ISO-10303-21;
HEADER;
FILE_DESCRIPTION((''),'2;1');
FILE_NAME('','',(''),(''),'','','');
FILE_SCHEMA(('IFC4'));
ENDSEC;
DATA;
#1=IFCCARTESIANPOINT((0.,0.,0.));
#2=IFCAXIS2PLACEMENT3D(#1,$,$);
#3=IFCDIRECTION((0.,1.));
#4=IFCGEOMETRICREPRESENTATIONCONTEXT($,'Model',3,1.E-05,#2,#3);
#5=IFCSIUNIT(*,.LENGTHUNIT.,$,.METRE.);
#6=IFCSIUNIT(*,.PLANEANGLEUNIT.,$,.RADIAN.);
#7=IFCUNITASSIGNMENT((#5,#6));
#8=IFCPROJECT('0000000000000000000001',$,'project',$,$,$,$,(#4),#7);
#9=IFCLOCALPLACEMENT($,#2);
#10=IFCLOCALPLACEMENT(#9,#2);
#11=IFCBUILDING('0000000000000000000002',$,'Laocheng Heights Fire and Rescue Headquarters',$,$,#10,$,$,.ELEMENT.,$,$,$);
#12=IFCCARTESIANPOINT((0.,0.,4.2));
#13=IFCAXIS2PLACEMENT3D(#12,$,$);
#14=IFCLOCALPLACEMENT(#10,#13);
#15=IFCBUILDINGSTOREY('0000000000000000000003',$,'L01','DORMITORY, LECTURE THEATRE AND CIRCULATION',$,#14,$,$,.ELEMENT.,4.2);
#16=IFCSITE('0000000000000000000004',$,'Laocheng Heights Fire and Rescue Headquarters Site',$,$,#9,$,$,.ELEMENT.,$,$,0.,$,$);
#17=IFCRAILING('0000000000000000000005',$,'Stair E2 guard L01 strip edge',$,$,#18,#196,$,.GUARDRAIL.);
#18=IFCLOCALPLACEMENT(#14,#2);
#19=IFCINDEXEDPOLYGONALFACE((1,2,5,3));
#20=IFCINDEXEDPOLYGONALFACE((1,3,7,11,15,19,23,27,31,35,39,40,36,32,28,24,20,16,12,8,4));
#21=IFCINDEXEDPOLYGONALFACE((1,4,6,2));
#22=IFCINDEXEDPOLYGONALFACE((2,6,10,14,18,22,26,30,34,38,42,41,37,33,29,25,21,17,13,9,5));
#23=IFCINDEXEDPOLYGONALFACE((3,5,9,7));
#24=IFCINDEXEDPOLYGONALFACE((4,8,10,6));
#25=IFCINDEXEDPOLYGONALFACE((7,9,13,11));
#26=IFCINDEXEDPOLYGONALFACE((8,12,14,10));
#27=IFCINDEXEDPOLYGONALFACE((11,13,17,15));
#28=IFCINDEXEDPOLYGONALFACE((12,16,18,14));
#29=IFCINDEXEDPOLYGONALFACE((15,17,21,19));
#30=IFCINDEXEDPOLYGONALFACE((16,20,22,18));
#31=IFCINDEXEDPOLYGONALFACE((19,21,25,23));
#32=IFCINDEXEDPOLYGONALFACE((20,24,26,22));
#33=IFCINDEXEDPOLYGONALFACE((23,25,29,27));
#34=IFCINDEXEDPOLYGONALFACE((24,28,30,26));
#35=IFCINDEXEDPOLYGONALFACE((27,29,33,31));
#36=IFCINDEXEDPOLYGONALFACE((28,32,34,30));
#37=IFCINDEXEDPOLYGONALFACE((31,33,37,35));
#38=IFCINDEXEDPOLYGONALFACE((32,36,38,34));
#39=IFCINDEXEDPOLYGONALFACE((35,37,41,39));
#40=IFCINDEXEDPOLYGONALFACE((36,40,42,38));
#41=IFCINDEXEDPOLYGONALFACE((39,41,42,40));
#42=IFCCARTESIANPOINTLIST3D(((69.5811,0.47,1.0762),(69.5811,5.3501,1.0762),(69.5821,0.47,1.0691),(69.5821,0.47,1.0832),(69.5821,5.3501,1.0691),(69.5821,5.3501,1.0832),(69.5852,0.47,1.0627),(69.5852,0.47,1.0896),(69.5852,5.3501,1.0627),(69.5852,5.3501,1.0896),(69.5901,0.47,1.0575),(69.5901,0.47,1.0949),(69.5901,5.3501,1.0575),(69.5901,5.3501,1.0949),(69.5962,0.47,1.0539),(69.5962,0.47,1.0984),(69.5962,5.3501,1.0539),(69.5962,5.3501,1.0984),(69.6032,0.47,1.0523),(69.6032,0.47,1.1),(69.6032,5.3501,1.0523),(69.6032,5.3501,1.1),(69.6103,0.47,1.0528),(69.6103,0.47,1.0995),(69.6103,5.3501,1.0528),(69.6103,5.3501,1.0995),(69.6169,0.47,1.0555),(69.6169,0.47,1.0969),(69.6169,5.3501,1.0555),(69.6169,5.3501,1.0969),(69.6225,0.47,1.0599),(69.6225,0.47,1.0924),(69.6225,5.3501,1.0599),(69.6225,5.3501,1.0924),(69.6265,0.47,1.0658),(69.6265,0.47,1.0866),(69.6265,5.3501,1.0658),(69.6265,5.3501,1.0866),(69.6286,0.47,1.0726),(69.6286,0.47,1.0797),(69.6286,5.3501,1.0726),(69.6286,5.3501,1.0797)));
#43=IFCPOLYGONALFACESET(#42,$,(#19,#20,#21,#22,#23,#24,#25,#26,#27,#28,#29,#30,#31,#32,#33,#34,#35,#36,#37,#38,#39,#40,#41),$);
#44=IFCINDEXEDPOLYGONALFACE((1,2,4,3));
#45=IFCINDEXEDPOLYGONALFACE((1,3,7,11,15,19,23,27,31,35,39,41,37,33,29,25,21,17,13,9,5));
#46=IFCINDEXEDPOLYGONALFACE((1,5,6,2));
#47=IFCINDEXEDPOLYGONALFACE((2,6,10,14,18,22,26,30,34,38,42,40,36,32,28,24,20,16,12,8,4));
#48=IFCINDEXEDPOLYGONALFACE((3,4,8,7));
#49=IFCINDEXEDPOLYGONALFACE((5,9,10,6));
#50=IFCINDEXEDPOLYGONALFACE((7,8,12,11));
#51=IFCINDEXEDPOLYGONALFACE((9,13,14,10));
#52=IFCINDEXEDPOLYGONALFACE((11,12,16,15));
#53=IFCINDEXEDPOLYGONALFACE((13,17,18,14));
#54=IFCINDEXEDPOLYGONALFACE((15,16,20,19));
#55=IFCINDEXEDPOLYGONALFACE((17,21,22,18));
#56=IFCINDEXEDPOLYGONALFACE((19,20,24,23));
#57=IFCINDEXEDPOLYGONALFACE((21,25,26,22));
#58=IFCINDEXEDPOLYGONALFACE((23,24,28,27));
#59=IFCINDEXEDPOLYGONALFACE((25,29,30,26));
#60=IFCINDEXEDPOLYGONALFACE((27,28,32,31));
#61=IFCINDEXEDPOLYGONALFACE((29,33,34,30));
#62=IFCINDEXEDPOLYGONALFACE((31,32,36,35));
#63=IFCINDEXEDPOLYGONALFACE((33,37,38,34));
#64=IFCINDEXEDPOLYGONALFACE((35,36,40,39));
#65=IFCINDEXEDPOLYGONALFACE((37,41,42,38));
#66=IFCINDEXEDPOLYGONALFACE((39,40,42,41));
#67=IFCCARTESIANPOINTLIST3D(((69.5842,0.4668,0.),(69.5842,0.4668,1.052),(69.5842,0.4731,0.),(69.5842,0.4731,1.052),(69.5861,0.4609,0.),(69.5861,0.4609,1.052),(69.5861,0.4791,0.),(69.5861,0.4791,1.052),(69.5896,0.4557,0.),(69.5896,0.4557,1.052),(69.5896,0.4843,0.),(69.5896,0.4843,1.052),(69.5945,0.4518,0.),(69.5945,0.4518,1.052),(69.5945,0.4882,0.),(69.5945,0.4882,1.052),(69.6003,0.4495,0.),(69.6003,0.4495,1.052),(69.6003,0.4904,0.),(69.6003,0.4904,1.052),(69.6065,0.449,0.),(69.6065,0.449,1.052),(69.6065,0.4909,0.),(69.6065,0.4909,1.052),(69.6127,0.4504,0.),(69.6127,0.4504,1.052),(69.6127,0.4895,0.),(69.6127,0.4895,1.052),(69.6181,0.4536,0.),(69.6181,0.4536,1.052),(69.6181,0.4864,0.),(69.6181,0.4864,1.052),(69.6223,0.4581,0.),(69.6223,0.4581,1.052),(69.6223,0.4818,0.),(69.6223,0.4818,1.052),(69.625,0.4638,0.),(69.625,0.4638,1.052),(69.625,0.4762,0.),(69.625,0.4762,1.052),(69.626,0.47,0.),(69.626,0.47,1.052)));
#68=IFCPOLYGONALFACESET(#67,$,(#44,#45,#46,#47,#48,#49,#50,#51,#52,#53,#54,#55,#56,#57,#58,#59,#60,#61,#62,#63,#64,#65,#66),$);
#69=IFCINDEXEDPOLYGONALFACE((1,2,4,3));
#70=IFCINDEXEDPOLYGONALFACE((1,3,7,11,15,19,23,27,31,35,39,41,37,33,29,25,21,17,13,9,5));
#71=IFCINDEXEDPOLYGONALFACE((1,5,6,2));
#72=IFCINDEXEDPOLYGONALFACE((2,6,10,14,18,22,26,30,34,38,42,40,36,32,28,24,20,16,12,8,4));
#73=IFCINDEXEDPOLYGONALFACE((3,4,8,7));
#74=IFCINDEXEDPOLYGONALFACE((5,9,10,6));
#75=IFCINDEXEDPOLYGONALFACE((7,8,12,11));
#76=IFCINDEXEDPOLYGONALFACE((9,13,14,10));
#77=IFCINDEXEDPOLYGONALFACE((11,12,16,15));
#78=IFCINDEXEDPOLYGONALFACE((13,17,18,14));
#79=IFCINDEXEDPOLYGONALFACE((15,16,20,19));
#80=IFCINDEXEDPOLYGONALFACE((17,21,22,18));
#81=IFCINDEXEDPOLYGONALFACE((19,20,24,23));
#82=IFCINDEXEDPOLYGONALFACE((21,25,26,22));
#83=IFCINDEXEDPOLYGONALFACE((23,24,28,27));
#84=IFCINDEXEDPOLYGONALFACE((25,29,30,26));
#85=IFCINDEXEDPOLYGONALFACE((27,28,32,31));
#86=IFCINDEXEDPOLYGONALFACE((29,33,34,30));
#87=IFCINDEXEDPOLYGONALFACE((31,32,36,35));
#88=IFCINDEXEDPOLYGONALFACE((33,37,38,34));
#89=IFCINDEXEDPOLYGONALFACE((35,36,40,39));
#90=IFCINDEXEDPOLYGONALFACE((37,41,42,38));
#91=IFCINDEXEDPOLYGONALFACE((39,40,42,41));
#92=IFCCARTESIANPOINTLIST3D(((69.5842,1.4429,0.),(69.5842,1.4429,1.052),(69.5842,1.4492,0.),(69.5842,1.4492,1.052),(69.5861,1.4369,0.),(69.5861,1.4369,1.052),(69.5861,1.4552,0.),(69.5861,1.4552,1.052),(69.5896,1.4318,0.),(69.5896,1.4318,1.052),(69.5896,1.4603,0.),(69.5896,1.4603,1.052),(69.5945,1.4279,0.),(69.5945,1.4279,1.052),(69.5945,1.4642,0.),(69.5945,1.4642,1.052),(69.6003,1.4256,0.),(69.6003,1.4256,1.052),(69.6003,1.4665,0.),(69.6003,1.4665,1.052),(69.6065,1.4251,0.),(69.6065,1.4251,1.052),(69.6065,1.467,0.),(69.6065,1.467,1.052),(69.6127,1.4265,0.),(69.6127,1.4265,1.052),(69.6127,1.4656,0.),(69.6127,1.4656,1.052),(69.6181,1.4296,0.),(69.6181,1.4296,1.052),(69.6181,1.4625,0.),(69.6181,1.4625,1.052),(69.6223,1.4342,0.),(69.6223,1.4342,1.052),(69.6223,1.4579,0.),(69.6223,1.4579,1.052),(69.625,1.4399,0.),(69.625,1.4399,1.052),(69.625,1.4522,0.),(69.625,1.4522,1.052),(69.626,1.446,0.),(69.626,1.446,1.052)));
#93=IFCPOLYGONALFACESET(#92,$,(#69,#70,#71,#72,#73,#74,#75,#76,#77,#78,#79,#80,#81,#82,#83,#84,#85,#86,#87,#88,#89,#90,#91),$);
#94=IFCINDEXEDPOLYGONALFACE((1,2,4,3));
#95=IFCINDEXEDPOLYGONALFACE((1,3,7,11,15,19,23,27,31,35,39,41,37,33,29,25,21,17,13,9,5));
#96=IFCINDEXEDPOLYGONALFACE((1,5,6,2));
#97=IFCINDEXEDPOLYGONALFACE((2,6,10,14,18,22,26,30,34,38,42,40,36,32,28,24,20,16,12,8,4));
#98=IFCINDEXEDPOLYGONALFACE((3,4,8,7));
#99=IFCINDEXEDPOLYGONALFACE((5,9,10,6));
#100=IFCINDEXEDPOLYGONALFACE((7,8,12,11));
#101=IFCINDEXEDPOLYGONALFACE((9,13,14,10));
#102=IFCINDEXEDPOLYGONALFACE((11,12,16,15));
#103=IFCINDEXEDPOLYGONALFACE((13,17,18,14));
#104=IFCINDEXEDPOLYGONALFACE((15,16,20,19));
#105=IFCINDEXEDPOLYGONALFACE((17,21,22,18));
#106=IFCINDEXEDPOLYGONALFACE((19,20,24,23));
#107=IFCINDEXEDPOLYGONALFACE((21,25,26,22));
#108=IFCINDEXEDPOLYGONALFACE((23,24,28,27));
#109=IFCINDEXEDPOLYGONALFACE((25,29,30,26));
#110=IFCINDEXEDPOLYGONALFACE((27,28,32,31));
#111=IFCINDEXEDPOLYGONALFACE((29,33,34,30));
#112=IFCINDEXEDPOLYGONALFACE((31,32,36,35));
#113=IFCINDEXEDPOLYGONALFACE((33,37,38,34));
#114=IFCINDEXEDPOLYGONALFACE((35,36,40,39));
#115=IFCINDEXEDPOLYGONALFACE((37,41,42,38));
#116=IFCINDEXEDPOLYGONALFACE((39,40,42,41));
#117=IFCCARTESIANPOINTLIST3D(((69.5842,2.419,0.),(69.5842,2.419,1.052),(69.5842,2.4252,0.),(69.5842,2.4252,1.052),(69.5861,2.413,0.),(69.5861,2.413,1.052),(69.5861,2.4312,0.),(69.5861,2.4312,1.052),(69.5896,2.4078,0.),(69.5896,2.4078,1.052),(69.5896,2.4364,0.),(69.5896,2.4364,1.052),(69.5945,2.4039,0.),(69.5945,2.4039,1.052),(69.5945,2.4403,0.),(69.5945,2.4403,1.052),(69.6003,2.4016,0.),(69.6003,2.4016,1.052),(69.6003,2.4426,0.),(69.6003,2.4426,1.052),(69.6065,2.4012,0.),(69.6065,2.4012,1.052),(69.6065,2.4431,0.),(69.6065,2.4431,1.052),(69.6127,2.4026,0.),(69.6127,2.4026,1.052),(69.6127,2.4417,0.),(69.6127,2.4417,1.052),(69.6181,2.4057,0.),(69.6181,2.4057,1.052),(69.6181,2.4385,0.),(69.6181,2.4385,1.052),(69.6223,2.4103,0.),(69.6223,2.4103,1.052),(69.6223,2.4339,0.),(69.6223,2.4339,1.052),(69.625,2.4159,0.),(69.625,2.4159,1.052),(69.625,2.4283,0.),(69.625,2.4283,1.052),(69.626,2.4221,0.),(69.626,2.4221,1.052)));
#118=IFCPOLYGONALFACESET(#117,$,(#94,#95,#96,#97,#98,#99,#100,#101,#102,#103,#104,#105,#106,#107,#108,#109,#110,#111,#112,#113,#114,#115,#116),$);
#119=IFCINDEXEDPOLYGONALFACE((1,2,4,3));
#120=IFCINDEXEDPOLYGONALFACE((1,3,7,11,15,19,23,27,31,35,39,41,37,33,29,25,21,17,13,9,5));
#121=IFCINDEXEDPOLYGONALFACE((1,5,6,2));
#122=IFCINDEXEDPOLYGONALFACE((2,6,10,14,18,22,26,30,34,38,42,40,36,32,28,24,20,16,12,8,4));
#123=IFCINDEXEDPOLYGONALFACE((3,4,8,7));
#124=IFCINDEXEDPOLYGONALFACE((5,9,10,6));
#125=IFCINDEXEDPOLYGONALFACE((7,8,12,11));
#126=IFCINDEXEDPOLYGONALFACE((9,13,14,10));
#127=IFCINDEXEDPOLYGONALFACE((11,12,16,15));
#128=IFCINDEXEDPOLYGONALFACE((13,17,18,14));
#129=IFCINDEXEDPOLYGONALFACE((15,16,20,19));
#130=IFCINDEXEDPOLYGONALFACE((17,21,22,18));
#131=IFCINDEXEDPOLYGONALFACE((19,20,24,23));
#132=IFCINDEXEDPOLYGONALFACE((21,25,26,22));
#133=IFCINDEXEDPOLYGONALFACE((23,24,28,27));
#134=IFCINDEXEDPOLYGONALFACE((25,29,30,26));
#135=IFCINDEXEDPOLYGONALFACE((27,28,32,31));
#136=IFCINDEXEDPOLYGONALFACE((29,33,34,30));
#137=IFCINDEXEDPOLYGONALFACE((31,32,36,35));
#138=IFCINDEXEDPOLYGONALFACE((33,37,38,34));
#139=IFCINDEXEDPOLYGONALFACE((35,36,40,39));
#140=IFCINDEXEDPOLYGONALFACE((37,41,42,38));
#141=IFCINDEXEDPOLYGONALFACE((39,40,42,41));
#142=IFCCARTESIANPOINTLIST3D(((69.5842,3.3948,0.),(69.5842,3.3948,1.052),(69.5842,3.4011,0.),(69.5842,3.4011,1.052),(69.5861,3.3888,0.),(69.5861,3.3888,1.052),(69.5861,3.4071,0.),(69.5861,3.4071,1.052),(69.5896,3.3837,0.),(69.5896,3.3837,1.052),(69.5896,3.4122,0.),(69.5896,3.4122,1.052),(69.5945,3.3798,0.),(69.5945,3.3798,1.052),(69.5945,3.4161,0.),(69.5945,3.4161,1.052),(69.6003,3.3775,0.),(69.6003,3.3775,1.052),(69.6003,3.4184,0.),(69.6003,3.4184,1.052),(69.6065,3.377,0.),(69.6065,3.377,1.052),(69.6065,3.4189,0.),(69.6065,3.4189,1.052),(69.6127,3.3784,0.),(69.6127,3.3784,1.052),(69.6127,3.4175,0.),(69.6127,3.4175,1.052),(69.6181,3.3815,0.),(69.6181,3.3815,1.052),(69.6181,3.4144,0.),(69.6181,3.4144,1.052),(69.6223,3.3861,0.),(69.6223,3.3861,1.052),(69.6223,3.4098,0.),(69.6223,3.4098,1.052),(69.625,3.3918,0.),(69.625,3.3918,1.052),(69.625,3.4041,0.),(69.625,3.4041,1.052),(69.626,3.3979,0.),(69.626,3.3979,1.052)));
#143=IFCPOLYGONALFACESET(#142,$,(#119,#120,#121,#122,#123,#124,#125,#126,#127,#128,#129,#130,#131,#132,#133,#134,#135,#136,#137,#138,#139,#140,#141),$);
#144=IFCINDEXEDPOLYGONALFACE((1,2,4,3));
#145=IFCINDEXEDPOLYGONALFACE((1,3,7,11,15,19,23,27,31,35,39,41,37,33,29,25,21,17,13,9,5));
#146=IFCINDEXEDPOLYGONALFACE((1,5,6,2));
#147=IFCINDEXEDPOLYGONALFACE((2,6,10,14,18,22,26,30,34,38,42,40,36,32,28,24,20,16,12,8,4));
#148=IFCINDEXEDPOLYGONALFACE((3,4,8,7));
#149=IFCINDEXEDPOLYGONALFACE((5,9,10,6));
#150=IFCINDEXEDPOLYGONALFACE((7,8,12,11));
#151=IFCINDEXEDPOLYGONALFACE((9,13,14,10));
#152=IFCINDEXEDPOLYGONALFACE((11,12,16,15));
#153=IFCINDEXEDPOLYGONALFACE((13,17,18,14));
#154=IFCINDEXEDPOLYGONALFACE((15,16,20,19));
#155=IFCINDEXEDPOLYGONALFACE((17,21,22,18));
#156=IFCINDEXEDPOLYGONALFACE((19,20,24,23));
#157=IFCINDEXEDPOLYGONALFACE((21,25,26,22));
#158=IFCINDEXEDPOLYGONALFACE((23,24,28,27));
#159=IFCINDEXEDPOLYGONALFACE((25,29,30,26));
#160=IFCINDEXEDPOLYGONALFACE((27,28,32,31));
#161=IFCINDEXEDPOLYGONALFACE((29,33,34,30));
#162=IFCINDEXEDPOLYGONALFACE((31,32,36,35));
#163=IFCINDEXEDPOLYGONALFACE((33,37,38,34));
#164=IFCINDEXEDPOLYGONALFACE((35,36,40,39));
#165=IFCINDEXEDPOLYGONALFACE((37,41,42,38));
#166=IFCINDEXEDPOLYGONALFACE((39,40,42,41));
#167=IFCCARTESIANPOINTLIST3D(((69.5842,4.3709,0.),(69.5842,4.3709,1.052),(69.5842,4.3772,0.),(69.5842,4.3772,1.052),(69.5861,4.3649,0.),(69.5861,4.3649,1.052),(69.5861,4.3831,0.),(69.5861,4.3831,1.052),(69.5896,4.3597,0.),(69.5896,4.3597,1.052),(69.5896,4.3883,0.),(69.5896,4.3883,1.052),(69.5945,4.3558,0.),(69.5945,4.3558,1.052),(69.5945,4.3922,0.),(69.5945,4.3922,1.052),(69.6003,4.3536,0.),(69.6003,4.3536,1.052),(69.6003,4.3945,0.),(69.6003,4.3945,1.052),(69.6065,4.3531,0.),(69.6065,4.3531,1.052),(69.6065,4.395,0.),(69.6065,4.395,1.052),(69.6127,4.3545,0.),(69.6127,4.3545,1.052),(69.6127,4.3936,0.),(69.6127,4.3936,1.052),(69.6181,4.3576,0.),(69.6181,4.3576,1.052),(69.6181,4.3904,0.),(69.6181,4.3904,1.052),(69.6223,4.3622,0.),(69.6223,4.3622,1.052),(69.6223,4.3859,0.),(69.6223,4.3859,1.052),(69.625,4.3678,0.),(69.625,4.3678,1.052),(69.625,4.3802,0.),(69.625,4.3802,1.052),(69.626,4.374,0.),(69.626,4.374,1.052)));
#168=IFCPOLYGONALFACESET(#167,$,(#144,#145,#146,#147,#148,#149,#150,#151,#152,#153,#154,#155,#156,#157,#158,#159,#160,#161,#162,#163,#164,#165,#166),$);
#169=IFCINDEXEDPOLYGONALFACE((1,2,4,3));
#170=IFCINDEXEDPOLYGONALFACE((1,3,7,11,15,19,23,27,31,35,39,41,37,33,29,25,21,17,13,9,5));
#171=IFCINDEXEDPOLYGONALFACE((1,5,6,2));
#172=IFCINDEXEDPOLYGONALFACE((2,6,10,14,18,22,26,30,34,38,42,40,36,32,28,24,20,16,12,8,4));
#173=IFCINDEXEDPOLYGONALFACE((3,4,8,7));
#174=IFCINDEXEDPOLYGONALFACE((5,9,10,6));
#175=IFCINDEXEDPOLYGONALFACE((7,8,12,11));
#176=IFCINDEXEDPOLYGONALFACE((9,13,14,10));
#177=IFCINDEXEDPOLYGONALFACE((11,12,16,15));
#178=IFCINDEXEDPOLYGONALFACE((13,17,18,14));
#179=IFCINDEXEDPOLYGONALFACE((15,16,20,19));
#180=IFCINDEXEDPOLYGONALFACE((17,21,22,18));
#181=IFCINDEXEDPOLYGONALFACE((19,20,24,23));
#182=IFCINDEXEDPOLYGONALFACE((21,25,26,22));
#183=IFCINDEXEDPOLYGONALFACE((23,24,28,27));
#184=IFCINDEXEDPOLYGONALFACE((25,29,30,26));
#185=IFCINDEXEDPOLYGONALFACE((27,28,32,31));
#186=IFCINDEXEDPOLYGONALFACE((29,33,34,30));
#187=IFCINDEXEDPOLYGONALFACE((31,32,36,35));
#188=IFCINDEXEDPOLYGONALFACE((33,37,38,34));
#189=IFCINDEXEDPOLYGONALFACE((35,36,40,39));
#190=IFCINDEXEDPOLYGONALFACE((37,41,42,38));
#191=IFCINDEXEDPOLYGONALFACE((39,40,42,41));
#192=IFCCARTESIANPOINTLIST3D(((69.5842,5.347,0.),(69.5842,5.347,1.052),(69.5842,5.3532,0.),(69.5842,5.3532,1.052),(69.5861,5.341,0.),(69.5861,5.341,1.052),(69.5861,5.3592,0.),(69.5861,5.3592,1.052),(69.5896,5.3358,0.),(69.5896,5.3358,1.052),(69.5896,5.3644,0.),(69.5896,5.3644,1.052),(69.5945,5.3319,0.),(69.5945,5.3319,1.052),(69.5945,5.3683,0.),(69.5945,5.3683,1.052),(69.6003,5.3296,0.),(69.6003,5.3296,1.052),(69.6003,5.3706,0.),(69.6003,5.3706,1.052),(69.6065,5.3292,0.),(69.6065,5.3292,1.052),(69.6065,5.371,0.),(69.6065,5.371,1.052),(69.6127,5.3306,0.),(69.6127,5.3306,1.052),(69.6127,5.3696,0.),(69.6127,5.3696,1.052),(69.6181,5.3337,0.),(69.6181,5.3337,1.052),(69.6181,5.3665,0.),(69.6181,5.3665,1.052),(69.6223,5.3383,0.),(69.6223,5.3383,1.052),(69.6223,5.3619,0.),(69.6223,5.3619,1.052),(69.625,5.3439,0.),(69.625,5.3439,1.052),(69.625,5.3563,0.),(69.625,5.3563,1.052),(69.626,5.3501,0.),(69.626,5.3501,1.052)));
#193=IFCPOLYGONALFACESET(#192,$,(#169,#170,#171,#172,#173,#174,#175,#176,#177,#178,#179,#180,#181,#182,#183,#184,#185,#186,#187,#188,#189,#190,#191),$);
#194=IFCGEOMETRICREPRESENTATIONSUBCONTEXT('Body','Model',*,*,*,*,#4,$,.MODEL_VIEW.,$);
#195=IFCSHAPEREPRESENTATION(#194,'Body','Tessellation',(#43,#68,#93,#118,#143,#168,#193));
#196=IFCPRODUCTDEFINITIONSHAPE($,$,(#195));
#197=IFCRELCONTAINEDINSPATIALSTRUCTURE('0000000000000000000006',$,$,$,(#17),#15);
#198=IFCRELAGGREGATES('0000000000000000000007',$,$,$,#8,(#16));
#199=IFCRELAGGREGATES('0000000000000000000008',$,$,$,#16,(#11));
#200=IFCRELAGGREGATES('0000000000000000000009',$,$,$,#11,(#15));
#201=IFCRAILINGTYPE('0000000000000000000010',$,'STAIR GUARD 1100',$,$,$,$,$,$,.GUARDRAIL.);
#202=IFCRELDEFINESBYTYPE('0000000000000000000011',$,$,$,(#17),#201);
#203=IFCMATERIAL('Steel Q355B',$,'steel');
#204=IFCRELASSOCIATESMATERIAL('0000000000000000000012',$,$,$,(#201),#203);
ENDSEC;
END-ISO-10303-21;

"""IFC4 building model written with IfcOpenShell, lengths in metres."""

from ifc_helpers import new_model, si_unit, direction, frame, origin, origin_2d, place, context, subcontext, project, spatial, circle, extrude, material, type_object, element, save


model = new_model("IFC4")

# Units and contexts
model_context = context("Model", 3, precision=1e-05, world=origin(), true_north=direction((0.0, 1.0)))
body_context = subcontext(model_context, "Body", "Model", "MODEL_VIEW")
ifc_project = project(units=[si_unit("LENGTHUNIT", "METRE"), si_unit("PLANEANGLEUNIT", "RADIAN")], contexts=[model_context])

# Site, building, storey
site_placement = place(None, origin())
site = spatial("IfcSite", under=ifc_project, at=site_placement, Name="Laocheng Heights Fire and Rescue Headquarters Site", CompositionType="ELEMENT", RefElevation=0.0)
building_placement = place(site_placement, origin())
building = spatial("IfcBuilding", under=site, at=building_placement, Name="Laocheng Heights Fire and Rescue Headquarters", CompositionType="ELEMENT")
storey_placement = place(building_placement, frame((0.0, 0.0, 4.2)))
storey = spatial("IfcBuildingStorey", under=building, at=storey_placement, Name="L01", Description="DORMITORY, LECTURE THEATRE AND CIRCULATION", CompositionType="ELEMENT", Elevation=4.2)

# Railing
ifc_material_1 = material(Name="Steel Q355B", Category="steel")
railing_type_1 = type_object("IfcRailingType", Name="STAIR GUARD 1100", PredefinedType="GUARDRAIL", material=ifc_material_1)
railing_1_placement = place(storey_placement, frame((69.605, 0.47, 0.0)))
element("IfcRailing", 1, at=railing_1_placement, inside=storey, type_object=railing_type_1, Name="Stair E2 guard L01 strip edge", PredefinedType="GUARDRAIL", context=body_context, shape_type="SweptSolid", body=[
    extrude(circle(Radius=0.0239, at=origin_2d()), frame((0.0, 0.0, 1.0762), z_axis=(0.0, 1.0, 0.0), x_axis=(-1.0, 0.0, 0.0)), (0.0, 0.0, 1.0), 4.8801),
    extrude(circle(Radius=0.021, at=origin_2d()), origin(), (0.0, 0.0, 1.0), 1.052),
    extrude(circle(Radius=0.021, at=origin_2d()), frame((0.0, 0.9761, 0.0)), (0.0, 0.0, 1.0), 1.052),
    extrude(circle(Radius=0.021, at=origin_2d()), frame((0.0, 1.9521, 0.0)), (0.0, 0.0, 1.0), 1.052),
    extrude(circle(Radius=0.021, at=origin_2d()), frame((0.0, 2.928, 0.0)), (0.0, 0.0, 1.0), 1.052),
    extrude(circle(Radius=0.021, at=origin_2d()), frame((0.0, 3.9041, 0.0)), (0.0, 0.0, 1.0), 1.052),
    extrude(circle(Radius=0.021, at=origin_2d()), frame((0.0, 4.8801, 0.0)), (0.0, 0.0, 1.0), 1.052),
])

save(model, "model.ifc")
